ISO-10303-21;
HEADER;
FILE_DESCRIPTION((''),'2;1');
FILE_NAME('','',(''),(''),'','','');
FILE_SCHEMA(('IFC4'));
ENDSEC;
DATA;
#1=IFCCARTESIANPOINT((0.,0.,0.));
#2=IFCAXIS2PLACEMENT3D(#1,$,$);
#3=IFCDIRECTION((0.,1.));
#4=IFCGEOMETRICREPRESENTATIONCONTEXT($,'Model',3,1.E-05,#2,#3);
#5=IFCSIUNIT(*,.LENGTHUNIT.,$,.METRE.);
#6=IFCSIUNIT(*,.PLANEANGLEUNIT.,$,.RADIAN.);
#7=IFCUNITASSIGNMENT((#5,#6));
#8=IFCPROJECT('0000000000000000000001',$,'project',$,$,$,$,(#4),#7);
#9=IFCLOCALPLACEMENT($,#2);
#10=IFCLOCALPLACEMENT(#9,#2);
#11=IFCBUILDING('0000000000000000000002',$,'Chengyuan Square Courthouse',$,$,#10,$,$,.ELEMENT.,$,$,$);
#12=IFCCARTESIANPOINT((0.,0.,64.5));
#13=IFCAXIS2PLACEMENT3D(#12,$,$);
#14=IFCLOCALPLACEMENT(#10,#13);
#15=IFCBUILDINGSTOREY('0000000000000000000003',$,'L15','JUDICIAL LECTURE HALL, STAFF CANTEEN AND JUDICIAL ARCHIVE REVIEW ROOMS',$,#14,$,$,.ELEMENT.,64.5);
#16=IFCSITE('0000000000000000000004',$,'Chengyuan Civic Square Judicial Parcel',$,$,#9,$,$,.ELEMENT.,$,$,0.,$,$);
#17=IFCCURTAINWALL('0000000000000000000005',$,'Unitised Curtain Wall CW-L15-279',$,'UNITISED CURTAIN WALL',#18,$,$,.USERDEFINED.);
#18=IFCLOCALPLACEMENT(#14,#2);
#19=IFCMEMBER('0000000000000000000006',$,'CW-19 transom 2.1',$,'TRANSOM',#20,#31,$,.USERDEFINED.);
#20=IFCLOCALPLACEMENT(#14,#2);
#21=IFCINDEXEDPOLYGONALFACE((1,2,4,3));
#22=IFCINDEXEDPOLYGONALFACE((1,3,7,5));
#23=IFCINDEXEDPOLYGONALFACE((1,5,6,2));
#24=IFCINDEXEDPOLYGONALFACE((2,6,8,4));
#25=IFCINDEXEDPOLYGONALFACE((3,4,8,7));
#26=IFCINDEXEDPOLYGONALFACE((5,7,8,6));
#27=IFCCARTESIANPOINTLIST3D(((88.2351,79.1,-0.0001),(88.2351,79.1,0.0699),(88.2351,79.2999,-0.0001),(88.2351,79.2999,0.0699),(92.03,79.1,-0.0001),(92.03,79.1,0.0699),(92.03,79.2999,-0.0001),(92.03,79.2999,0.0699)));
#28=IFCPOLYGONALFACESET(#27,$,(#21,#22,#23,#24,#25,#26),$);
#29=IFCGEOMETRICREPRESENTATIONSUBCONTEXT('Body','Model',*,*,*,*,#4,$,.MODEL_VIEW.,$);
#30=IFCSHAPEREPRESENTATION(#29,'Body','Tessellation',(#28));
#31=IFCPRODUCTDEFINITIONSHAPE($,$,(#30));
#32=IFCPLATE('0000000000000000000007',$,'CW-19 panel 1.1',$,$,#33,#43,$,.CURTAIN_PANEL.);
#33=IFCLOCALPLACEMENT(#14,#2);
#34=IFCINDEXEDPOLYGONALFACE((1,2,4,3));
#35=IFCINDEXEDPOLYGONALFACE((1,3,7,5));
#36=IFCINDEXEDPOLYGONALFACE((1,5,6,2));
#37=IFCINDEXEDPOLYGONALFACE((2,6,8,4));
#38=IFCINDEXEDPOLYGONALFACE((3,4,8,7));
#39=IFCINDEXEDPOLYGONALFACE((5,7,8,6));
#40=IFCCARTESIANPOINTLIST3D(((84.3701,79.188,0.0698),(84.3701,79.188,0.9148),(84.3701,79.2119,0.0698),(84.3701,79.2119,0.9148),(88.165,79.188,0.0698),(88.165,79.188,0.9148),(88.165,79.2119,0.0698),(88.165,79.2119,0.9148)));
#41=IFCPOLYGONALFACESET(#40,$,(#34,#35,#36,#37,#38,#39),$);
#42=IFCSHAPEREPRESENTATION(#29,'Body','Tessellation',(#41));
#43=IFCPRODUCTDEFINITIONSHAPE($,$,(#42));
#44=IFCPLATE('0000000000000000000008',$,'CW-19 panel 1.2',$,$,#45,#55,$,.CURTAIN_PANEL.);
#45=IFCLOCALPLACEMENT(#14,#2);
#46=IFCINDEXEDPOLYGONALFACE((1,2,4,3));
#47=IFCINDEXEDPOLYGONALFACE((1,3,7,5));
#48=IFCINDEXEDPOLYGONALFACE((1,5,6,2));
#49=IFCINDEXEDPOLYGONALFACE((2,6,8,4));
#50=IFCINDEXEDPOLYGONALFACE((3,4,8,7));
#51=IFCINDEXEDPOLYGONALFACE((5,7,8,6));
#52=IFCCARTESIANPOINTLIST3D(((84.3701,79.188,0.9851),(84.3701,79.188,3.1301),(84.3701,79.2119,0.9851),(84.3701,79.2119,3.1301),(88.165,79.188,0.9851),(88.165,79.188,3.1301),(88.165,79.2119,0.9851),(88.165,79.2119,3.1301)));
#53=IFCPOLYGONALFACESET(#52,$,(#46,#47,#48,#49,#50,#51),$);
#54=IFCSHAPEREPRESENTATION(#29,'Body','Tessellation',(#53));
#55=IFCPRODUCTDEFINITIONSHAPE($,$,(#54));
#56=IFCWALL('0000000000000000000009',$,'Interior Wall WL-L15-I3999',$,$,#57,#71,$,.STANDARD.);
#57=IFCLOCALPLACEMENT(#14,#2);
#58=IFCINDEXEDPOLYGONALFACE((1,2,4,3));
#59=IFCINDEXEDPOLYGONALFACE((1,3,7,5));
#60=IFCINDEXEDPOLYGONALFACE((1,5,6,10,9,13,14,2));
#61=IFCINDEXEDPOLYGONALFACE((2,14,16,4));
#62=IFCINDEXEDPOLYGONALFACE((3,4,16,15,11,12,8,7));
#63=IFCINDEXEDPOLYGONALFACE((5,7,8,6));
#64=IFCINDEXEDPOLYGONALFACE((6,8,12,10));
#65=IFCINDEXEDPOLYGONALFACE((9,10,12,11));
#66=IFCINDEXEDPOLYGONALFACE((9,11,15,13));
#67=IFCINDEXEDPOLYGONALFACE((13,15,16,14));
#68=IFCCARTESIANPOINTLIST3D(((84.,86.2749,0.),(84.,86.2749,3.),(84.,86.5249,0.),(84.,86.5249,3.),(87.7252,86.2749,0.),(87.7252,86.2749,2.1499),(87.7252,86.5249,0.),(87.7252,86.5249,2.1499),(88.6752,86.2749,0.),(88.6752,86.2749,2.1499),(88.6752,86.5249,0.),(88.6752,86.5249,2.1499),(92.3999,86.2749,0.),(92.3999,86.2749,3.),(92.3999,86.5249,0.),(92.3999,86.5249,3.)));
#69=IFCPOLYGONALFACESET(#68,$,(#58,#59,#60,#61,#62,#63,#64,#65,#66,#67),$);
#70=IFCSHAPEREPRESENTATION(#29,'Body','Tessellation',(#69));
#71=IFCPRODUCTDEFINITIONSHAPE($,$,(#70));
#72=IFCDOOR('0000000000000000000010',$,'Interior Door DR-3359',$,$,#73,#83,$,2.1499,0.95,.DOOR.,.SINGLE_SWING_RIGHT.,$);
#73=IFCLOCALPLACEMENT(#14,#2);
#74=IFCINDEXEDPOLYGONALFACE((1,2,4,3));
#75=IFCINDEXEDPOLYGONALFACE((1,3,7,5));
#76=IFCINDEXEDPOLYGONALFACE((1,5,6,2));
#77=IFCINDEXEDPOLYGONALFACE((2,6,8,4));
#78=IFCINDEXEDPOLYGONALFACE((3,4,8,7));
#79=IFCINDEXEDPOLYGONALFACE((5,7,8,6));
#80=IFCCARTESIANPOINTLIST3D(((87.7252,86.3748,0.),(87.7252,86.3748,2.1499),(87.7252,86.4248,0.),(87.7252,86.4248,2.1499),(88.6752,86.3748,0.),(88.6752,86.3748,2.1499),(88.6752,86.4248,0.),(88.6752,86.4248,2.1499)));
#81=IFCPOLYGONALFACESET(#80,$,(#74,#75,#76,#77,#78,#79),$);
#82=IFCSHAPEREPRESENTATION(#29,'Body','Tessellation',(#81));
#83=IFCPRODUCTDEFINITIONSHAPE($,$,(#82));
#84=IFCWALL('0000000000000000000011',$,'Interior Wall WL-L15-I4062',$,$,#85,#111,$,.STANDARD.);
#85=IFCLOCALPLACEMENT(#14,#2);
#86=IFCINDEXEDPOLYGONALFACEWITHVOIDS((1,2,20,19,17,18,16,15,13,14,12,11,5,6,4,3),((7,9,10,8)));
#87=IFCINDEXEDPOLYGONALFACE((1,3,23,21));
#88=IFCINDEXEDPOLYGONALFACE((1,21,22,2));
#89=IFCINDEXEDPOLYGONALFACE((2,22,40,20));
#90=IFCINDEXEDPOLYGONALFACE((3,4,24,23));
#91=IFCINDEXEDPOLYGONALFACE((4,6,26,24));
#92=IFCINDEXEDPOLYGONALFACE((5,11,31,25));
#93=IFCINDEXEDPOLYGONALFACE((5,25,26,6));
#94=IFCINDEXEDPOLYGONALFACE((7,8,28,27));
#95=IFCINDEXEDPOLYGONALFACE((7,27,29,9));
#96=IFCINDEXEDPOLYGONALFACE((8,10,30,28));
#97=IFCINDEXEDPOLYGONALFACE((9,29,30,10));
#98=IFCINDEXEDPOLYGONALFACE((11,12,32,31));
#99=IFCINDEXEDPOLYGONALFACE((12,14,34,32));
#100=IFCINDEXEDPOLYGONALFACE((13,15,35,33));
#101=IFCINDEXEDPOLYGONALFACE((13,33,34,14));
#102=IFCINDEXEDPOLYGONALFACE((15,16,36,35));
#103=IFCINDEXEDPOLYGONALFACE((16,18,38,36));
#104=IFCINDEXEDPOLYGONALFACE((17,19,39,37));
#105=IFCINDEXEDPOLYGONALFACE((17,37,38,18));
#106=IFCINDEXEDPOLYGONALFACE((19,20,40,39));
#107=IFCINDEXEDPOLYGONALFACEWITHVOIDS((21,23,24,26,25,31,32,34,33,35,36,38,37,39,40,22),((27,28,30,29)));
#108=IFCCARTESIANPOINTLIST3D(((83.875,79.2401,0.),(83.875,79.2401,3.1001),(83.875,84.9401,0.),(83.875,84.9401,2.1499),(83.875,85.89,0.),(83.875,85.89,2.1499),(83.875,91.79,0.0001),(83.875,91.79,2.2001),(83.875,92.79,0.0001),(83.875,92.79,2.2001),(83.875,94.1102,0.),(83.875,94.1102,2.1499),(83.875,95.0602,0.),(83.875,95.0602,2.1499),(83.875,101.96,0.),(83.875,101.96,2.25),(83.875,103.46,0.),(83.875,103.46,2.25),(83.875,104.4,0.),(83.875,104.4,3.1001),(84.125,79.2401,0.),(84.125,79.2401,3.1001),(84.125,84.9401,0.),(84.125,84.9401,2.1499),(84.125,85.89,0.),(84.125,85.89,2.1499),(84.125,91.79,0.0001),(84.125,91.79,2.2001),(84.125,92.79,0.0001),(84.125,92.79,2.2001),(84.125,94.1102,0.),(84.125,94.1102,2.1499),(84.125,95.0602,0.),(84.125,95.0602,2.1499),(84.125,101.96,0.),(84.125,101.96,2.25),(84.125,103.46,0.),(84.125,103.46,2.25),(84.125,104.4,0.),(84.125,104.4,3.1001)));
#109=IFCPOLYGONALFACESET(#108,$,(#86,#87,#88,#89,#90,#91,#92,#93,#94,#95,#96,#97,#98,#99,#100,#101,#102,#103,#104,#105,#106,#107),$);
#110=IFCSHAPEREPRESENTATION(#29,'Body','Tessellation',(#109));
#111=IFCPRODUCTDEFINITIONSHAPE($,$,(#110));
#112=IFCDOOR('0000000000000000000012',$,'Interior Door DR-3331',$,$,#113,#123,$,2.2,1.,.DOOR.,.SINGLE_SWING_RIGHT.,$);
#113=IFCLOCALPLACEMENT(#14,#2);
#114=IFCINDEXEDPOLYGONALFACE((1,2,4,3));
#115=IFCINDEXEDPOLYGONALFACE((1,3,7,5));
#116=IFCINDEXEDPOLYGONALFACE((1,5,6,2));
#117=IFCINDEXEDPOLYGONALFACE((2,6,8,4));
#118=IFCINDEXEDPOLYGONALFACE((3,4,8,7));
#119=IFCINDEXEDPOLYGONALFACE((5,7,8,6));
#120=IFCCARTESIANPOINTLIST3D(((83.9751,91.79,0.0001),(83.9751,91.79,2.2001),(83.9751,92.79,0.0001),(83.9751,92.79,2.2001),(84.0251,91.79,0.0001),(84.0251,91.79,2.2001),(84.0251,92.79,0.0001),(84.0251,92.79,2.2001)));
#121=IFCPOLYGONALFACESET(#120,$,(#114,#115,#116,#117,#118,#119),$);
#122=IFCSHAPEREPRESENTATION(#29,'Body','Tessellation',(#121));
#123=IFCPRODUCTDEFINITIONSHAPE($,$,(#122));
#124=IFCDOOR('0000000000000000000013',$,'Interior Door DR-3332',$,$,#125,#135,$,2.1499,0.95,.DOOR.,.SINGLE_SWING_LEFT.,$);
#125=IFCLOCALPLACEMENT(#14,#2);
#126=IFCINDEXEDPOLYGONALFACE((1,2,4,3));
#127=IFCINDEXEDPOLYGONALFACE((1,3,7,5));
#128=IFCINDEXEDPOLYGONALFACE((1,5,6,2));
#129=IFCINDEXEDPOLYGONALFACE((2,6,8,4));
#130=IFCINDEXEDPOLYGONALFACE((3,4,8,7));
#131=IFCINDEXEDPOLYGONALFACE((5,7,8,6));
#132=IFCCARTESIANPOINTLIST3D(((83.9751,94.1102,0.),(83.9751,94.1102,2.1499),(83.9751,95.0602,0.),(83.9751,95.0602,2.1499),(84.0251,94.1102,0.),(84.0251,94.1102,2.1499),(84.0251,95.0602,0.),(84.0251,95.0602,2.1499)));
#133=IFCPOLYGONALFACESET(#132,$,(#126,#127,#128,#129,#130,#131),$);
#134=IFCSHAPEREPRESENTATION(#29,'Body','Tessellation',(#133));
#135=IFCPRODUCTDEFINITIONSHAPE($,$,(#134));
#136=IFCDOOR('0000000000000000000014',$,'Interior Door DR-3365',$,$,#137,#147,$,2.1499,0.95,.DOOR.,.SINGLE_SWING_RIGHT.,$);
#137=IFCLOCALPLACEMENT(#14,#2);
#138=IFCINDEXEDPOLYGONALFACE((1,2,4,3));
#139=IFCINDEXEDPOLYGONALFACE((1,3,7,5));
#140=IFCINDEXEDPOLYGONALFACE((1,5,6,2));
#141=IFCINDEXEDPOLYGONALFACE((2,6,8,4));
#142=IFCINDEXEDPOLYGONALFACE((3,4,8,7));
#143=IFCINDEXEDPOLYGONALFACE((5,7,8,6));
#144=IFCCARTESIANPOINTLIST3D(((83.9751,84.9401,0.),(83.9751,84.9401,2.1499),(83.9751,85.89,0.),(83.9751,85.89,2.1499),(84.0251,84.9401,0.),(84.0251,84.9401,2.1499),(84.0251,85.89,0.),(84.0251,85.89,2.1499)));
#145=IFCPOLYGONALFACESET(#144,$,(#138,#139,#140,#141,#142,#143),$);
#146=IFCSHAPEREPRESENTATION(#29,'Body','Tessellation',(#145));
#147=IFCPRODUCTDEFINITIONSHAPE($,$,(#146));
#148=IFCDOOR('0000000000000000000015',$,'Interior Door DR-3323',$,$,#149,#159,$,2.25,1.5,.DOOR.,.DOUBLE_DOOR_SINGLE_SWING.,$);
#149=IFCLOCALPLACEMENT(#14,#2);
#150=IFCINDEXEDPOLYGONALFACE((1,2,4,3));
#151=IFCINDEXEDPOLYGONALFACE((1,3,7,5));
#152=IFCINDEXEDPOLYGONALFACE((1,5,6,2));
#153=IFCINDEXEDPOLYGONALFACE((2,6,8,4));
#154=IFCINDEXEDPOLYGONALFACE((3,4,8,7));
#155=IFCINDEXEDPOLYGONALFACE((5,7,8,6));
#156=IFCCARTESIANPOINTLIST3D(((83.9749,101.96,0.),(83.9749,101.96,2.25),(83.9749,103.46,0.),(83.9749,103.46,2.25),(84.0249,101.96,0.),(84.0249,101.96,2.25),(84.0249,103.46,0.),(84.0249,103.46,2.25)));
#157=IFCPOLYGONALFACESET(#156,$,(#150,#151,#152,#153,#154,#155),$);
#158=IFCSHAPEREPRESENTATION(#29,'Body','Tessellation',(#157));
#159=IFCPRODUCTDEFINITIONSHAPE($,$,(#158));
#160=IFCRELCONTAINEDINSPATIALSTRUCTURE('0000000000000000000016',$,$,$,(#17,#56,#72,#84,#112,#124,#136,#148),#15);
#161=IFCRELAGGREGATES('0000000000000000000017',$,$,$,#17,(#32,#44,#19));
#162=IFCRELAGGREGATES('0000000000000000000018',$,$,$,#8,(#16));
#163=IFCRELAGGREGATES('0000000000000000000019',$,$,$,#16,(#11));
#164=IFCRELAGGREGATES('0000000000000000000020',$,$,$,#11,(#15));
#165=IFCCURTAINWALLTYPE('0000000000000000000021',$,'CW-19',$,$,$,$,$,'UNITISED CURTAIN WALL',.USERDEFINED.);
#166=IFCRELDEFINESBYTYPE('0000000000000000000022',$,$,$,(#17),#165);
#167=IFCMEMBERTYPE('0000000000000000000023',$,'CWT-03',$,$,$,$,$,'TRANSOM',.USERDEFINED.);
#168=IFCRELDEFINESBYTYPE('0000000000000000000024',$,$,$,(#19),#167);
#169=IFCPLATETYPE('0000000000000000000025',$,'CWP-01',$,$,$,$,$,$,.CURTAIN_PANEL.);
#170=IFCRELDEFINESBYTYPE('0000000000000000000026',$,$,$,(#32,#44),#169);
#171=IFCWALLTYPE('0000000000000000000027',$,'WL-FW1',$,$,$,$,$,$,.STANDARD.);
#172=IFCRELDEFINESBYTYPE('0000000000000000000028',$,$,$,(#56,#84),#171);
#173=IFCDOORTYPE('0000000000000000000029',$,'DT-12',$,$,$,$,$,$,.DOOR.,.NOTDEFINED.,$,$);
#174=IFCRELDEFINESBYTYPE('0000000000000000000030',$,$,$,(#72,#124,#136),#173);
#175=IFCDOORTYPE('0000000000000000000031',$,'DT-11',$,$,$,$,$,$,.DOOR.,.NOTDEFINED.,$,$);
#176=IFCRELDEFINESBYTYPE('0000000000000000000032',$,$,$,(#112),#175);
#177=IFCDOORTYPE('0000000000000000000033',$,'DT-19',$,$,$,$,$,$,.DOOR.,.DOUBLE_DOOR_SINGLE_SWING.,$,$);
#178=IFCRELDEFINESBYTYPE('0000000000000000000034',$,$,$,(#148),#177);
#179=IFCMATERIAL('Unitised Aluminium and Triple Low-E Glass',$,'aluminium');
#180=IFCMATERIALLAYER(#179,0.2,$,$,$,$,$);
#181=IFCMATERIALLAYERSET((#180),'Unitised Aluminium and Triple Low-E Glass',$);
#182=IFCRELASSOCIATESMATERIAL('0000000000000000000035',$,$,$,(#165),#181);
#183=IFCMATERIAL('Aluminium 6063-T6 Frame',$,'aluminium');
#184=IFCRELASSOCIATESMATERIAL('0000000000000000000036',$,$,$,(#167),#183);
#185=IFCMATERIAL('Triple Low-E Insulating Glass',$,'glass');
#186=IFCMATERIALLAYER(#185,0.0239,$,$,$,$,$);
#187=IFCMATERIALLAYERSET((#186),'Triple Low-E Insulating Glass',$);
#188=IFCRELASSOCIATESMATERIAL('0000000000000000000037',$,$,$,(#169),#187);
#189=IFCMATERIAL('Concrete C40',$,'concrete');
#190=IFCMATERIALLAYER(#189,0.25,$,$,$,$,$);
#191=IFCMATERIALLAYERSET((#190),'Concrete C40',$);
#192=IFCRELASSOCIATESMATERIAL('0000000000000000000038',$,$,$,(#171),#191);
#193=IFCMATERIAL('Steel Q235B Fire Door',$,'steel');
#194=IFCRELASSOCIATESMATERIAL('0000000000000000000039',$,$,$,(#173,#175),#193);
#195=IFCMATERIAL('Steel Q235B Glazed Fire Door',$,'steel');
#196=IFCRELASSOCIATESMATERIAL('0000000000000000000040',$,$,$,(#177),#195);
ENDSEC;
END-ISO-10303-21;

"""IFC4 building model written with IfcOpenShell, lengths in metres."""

from ifc_helpers import new_model, si_unit, direction, frame, frame_2d, origin, origin_2d, place, context, subcontext, project, spatial, rectangle, extrude, material, layer, layer_set, material_profile, profile_set, type_object, element, fill, aggregate, save


model = new_model("IFC4")

# Units and contexts
model_context = context("Model", 3, precision=1e-05, world=origin(), true_north=direction((0.0, 1.0)))
body_context = subcontext(model_context, "Body", "Model", "MODEL_VIEW")
ifc_project = project(units=[si_unit("LENGTHUNIT", "METRE"), si_unit("PLANEANGLEUNIT", "RADIAN")], contexts=[model_context])

# Site, building, storey
site_placement = place(None, origin())
site = spatial("IfcSite", under=ifc_project, at=site_placement, Name="Chengyuan Civic Square Judicial Parcel", CompositionType="ELEMENT", RefElevation=0.0)
building_placement = place(site_placement, origin())
building = spatial("IfcBuilding", under=site, at=building_placement, Name="Chengyuan Square Courthouse", CompositionType="ELEMENT")
storey_placement = place(building_placement, frame((0.0, 0.0, 64.5)))
storey = spatial("IfcBuildingStorey", under=building, at=storey_placement, Name="L15", Description="JUDICIAL LECTURE HALL, STAFF CANTEEN AND JUDICIAL ARCHIVE REVIEW ROOMS", CompositionType="ELEMENT", Elevation=64.5)

# Shared definitions
ifc_material_1 = material(Name="Concrete C40", Category="concrete")

# Shared definitions
ifc_material_2 = material(Name="Unitised Aluminium and Triple Low-E Glass", Category="aluminium")
ifc_layer_1 = layer(ifc_material_2, 0.2)
ifc_layer_set_1 = layer_set([ifc_layer_1], Name="Unitised Aluminium and Triple Low-E Glass")
curtain_wall_type = type_object("IfcCurtainWallType", Name="CW-19", ElementType="UNITISED CURTAIN WALL", PredefinedType="USERDEFINED", material=ifc_layer_set_1)
ifc_material_3 = material(Name="Aluminium 6063-T6 Frame", Category="aluminium")

# Curtain wall, member, plates
curtain_wall_1_placement = place(storey_placement, origin())
curtain_wall_1 = element("IfcCurtainWall", 1, at=curtain_wall_1_placement, inside=storey, type_object=curtain_wall_type, Name="Unitised Curtain Wall CW-L15-279", ObjectType="UNITISED CURTAIN WALL", PredefinedType="USERDEFINED")
ifc_material_profile_1 = material_profile(ifc_material_3, rectangle(XDim=0.2, YDim=0.0701, at=origin_2d()), Name="CW-TRN-70x160")
ifc_profile_set_1 = profile_set([ifc_material_profile_1], Name="Aluminium 6063-T6 Frame")
member_type_1 = type_object("IfcMemberType", Name="CWT-03", ElementType="TRANSOM", PredefinedType="USERDEFINED", material=ifc_profile_set_1)
member_1_placement = place(storey_placement, frame((88.2351, 79.2, 0.0349), z_axis=(1.0, 0.0, 0.0), x_axis=(0.0, 1.0, 0.0)))
member_1 = element("IfcMember", 2, at=member_1_placement, type_object=member_type_1, Name="CW-19 transom 2.1", ObjectType="TRANSOM", PredefinedType="USERDEFINED", context=body_context, shape_type="SweptSolid", body=[
    extrude(rectangle(XDim=0.2, YDim=0.0701, at=origin_2d()), origin(), (0.0, 0.0, 1.0), 3.7949),
])
ifc_material_4 = material(Name="Triple Low-E Insulating Glass", Category="glass")
ifc_layer_2 = layer(ifc_material_4, 0.0239)
ifc_layer_set_2 = layer_set([ifc_layer_2], Name="Triple Low-E Insulating Glass")
plate_type = type_object("IfcPlateType", Name="CWP-01", PredefinedType="CURTAIN_PANEL", material=ifc_layer_set_2)
plate_1_placement = place(storey_placement, frame((86.2676, 79.2, 0.0698), z_axis=(0.0, 0.0, 1.0), x_axis=(1.0, 0.0, 0.0)))
plate_1 = element("IfcPlate", 3, at=plate_1_placement, type_object=plate_type, Name="CW-19 panel 1.1", PredefinedType="CURTAIN_PANEL", context=body_context, shape_type="SweptSolid", body=[
    extrude(rectangle(XDim=3.7949, YDim=0.0239, at=origin_2d()), origin(), (0.0, 0.0, 1.0), 0.845),
])
plate_2_placement = place(storey_placement, frame((86.2676, 79.2, 0.9851), z_axis=(0.0, 0.0, 1.0), x_axis=(1.0, 0.0, 0.0)))
plate_2 = element("IfcPlate", 4, at=plate_2_placement, type_object=plate_type, Name="CW-19 panel 1.2", PredefinedType="CURTAIN_PANEL", context=body_context, shape_type="SweptSolid", body=[
    extrude(rectangle(XDim=3.7949, YDim=0.0239, at=origin_2d()), origin(), (0.0, 0.0, 1.0), 2.145),
])
aggregate(curtain_wall_1, [plate_1, plate_2, member_1])

# Wall, opening, door
ifc_layer_3 = layer(ifc_material_1, 0.25)
ifc_layer_set_3 = layer_set([ifc_layer_3], Name="Concrete C40")
wall_type_1 = type_object("IfcWallType", Name="WL-FW1", PredefinedType="STANDARD", material=ifc_layer_set_3)
wall_1_placement = place(storey_placement, frame((84.0, 86.3999, 0.0), z_axis=(0.0, 0.0, 1.0), x_axis=(1.0, 0.0, 0.0)))
wall_1 = element("IfcWall", 5, at=wall_1_placement, inside=storey, type_object=wall_type_1, Name="Interior Wall WL-L15-I3999", PredefinedType="STANDARD", context=body_context, shape_type="SweptSolid", body=[
    extrude(rectangle(XDim=8.3999, YDim=0.25, at=frame_2d((4.2, 0.0))), origin(), (0.0, 0.0, 1.0), 3.0),
])
opening_1_placement = place(wall_1_placement, frame((3.7251, 0.0, 0.0)))
opening_1 = element("IfcOpeningElement", 6, at=opening_1_placement, cuts=wall_1, PredefinedType="OPENING", context=body_context, shape_type="SweptSolid", body=[
    extrude(rectangle(XDim=0.95, YDim=2.1499, at=frame_2d((0.4751, 1.075))), frame((0.0, 0.137, 0.0), z_axis=(0.0, -1.0, 0.0), x_axis=(1.0, 0.0, 0.0)), (0.0, 0.0, 1.0), 0.2739),
])
ifc_material_5 = material(Name="Steel Q235B Fire Door", Category="steel")
door_type_1 = type_object("IfcDoorType", Name="DT-12", OperationType="NOTDEFINED", PredefinedType="DOOR", material=ifc_material_5)
door_1_placement = place(opening_1_placement, origin())
door_1 = element("IfcDoor", 7, at=door_1_placement, inside=storey, type_object=door_type_1, Name="Interior Door DR-3359", OperationType="SINGLE_SWING_RIGHT", OverallHeight=2.1499, OverallWidth=0.95, PredefinedType="DOOR", context=body_context, shape_type="SweptSolid", body=[
    extrude(rectangle(XDim=0.95, YDim=2.1499, at=frame_2d((0.4751, 1.075))), frame((0.0, 0.0249, 0.0), z_axis=(0.0, -1.0, 0.0), x_axis=(1.0, 0.0, 0.0)), (0.0, 0.0, 1.0), 0.05),
])
fill(opening_1, door_1)

# Wall, openings, doors
wall_2_placement = place(storey_placement, frame((84.0, 79.24, 0.0), z_axis=(0.0, 0.0, 1.0), x_axis=(0.0, 1.0, 0.0)))
wall_2 = element("IfcWall", 8, at=wall_2_placement, inside=storey, type_object=wall_type_1, Name="Interior Wall WL-L15-I4062", PredefinedType="STANDARD", context=body_context, shape_type="SweptSolid", body=[
    extrude(rectangle(XDim=25.1599, YDim=0.25, at=frame_2d((12.5801, 0.0))), origin(), (0.0, 0.0, 1.0), 3.1001),
])
opening_2_placement = place(wall_2_placement, frame((22.72, 0.0, 0.0)))
opening_2 = element("IfcOpeningElement", 9, at=opening_2_placement, cuts=wall_2, PredefinedType="OPENING", context=body_context, shape_type="SweptSolid", body=[
    extrude(rectangle(XDim=1.5, YDim=2.25, at=frame_2d((0.75, 1.125))), frame((0.0, 0.137, 0.0), z_axis=(0.0, -1.0, 0.0), x_axis=(1.0, 0.0, 0.0)), (0.0, 0.0, 1.0), 0.2739),
])
opening_3_placement = place(wall_2_placement, frame((12.55, 0.0, 0.0)))
opening_3 = element("IfcOpeningElement", 10, at=opening_3_placement, cuts=wall_2, PredefinedType="OPENING", context=body_context, shape_type="SweptSolid", body=[
    extrude(rectangle(XDim=1.0, YDim=2.2, at=frame_2d((0.5, 1.1001))), frame((0.0, 0.137, 0.0), z_axis=(0.0, -1.0, 0.0), x_axis=(1.0, 0.0, 0.0)), (0.0, 0.0, 1.0), 0.2739),
])
opening_4_placement = place(wall_2_placement, frame((14.8701, 0.0, 0.0)))
opening_4 = element("IfcOpeningElement", 11, at=opening_4_placement, cuts=wall_2, PredefinedType="OPENING", context=body_context, shape_type="SweptSolid", body=[
    extrude(rectangle(XDim=0.95, YDim=2.1499, at=frame_2d((0.4751, 1.075))), frame((0.0, 0.137, 0.0), z_axis=(0.0, -1.0, 0.0), x_axis=(1.0, 0.0, 0.0)), (0.0, 0.0, 1.0), 0.2739),
])
opening_5_placement = place(wall_2_placement, frame((5.7, 0.0, 0.0)))
opening_5 = element("IfcOpeningElement", 12, at=opening_5_placement, cuts=wall_2, PredefinedType="OPENING", context=body_context, shape_type="SweptSolid", body=[
    extrude(rectangle(XDim=0.95, YDim=2.1499, at=frame_2d((0.4751, 1.075))), frame((0.0, 0.137, 0.0), z_axis=(0.0, -1.0, 0.0), x_axis=(1.0, 0.0, 0.0)), (0.0, 0.0, 1.0), 0.2739),
])
door_type_2 = type_object("IfcDoorType", Name="DT-11", OperationType="NOTDEFINED", PredefinedType="DOOR", material=ifc_material_5)
door_2_placement = place(opening_3_placement, origin())
door_2 = element("IfcDoor", 13, at=door_2_placement, inside=storey, type_object=door_type_2, Name="Interior Door DR-3331", OperationType="SINGLE_SWING_RIGHT", OverallHeight=2.2, OverallWidth=1.0, PredefinedType="DOOR", context=body_context, shape_type="SweptSolid", body=[
    extrude(rectangle(XDim=1.0, YDim=2.2, at=frame_2d((0.5, 1.1001))), frame((0.0, 0.0249, 0.0), z_axis=(0.0, -1.0, 0.0), x_axis=(1.0, 0.0, 0.0)), (0.0, 0.0, 1.0), 0.05),
])
fill(opening_3, door_2)
door_3_placement = place(opening_4_placement, origin())
door_3 = element("IfcDoor", 14, at=door_3_placement, inside=storey, type_object=door_type_1, Name="Interior Door DR-3332", OperationType="SINGLE_SWING_LEFT", OverallHeight=2.1499, OverallWidth=0.95, PredefinedType="DOOR", context=body_context, shape_type="SweptSolid", body=[
    extrude(rectangle(XDim=0.95, YDim=2.1499, at=frame_2d((0.4751, 1.075))), frame((0.0, 0.0249, 0.0), z_axis=(0.0, -1.0, 0.0), x_axis=(1.0, 0.0, 0.0)), (0.0, 0.0, 1.0), 0.05),
])
fill(opening_4, door_3)
door_4_placement = place(opening_5_placement, origin())
door_4 = element("IfcDoor", 15, at=door_4_placement, inside=storey, type_object=door_type_1, Name="Interior Door DR-3365", OperationType="SINGLE_SWING_RIGHT", OverallHeight=2.1499, OverallWidth=0.95, PredefinedType="DOOR", context=body_context, shape_type="SweptSolid", body=[
    extrude(rectangle(XDim=0.95, YDim=2.1499, at=frame_2d((0.4751, 1.075))), frame((0.0, 0.0249, 0.0), z_axis=(0.0, -1.0, 0.0), x_axis=(1.0, 0.0, 0.0)), (0.0, 0.0, 1.0), 0.05),
])
fill(opening_5, door_4)
ifc_material_6 = material(Name="Steel Q235B Glazed Fire Door", Category="steel")
door_type_3 = type_object("IfcDoorType", Name="DT-19", OperationType="DOUBLE_DOOR_SINGLE_SWING", PredefinedType="DOOR", material=ifc_material_6)
door_5_placement = place(opening_2_placement, frame((1.5, 0.0, 0.0), z_axis=(0.0, 0.0, 1.0), x_axis=(-1.0, 0.0, 0.0)))
door_5 = element("IfcDoor", 16, at=door_5_placement, inside=storey, type_object=door_type_3, Name="Interior Door DR-3323", OperationType="DOUBLE_DOOR_SINGLE_SWING", OverallHeight=2.25, OverallWidth=1.5, PredefinedType="DOOR", context=body_context, shape_type="SweptSolid", body=[
    extrude(rectangle(XDim=1.5, YDim=2.25, at=frame_2d((0.75, 1.125))), frame((0.0, 0.0249, 0.0), z_axis=(0.0, -1.0, 0.0), x_axis=(1.0, 0.0, 0.0)), (0.0, 0.0, 1.0), 0.05),
])
fill(opening_2, door_5)

save(model, "model.ifc")
